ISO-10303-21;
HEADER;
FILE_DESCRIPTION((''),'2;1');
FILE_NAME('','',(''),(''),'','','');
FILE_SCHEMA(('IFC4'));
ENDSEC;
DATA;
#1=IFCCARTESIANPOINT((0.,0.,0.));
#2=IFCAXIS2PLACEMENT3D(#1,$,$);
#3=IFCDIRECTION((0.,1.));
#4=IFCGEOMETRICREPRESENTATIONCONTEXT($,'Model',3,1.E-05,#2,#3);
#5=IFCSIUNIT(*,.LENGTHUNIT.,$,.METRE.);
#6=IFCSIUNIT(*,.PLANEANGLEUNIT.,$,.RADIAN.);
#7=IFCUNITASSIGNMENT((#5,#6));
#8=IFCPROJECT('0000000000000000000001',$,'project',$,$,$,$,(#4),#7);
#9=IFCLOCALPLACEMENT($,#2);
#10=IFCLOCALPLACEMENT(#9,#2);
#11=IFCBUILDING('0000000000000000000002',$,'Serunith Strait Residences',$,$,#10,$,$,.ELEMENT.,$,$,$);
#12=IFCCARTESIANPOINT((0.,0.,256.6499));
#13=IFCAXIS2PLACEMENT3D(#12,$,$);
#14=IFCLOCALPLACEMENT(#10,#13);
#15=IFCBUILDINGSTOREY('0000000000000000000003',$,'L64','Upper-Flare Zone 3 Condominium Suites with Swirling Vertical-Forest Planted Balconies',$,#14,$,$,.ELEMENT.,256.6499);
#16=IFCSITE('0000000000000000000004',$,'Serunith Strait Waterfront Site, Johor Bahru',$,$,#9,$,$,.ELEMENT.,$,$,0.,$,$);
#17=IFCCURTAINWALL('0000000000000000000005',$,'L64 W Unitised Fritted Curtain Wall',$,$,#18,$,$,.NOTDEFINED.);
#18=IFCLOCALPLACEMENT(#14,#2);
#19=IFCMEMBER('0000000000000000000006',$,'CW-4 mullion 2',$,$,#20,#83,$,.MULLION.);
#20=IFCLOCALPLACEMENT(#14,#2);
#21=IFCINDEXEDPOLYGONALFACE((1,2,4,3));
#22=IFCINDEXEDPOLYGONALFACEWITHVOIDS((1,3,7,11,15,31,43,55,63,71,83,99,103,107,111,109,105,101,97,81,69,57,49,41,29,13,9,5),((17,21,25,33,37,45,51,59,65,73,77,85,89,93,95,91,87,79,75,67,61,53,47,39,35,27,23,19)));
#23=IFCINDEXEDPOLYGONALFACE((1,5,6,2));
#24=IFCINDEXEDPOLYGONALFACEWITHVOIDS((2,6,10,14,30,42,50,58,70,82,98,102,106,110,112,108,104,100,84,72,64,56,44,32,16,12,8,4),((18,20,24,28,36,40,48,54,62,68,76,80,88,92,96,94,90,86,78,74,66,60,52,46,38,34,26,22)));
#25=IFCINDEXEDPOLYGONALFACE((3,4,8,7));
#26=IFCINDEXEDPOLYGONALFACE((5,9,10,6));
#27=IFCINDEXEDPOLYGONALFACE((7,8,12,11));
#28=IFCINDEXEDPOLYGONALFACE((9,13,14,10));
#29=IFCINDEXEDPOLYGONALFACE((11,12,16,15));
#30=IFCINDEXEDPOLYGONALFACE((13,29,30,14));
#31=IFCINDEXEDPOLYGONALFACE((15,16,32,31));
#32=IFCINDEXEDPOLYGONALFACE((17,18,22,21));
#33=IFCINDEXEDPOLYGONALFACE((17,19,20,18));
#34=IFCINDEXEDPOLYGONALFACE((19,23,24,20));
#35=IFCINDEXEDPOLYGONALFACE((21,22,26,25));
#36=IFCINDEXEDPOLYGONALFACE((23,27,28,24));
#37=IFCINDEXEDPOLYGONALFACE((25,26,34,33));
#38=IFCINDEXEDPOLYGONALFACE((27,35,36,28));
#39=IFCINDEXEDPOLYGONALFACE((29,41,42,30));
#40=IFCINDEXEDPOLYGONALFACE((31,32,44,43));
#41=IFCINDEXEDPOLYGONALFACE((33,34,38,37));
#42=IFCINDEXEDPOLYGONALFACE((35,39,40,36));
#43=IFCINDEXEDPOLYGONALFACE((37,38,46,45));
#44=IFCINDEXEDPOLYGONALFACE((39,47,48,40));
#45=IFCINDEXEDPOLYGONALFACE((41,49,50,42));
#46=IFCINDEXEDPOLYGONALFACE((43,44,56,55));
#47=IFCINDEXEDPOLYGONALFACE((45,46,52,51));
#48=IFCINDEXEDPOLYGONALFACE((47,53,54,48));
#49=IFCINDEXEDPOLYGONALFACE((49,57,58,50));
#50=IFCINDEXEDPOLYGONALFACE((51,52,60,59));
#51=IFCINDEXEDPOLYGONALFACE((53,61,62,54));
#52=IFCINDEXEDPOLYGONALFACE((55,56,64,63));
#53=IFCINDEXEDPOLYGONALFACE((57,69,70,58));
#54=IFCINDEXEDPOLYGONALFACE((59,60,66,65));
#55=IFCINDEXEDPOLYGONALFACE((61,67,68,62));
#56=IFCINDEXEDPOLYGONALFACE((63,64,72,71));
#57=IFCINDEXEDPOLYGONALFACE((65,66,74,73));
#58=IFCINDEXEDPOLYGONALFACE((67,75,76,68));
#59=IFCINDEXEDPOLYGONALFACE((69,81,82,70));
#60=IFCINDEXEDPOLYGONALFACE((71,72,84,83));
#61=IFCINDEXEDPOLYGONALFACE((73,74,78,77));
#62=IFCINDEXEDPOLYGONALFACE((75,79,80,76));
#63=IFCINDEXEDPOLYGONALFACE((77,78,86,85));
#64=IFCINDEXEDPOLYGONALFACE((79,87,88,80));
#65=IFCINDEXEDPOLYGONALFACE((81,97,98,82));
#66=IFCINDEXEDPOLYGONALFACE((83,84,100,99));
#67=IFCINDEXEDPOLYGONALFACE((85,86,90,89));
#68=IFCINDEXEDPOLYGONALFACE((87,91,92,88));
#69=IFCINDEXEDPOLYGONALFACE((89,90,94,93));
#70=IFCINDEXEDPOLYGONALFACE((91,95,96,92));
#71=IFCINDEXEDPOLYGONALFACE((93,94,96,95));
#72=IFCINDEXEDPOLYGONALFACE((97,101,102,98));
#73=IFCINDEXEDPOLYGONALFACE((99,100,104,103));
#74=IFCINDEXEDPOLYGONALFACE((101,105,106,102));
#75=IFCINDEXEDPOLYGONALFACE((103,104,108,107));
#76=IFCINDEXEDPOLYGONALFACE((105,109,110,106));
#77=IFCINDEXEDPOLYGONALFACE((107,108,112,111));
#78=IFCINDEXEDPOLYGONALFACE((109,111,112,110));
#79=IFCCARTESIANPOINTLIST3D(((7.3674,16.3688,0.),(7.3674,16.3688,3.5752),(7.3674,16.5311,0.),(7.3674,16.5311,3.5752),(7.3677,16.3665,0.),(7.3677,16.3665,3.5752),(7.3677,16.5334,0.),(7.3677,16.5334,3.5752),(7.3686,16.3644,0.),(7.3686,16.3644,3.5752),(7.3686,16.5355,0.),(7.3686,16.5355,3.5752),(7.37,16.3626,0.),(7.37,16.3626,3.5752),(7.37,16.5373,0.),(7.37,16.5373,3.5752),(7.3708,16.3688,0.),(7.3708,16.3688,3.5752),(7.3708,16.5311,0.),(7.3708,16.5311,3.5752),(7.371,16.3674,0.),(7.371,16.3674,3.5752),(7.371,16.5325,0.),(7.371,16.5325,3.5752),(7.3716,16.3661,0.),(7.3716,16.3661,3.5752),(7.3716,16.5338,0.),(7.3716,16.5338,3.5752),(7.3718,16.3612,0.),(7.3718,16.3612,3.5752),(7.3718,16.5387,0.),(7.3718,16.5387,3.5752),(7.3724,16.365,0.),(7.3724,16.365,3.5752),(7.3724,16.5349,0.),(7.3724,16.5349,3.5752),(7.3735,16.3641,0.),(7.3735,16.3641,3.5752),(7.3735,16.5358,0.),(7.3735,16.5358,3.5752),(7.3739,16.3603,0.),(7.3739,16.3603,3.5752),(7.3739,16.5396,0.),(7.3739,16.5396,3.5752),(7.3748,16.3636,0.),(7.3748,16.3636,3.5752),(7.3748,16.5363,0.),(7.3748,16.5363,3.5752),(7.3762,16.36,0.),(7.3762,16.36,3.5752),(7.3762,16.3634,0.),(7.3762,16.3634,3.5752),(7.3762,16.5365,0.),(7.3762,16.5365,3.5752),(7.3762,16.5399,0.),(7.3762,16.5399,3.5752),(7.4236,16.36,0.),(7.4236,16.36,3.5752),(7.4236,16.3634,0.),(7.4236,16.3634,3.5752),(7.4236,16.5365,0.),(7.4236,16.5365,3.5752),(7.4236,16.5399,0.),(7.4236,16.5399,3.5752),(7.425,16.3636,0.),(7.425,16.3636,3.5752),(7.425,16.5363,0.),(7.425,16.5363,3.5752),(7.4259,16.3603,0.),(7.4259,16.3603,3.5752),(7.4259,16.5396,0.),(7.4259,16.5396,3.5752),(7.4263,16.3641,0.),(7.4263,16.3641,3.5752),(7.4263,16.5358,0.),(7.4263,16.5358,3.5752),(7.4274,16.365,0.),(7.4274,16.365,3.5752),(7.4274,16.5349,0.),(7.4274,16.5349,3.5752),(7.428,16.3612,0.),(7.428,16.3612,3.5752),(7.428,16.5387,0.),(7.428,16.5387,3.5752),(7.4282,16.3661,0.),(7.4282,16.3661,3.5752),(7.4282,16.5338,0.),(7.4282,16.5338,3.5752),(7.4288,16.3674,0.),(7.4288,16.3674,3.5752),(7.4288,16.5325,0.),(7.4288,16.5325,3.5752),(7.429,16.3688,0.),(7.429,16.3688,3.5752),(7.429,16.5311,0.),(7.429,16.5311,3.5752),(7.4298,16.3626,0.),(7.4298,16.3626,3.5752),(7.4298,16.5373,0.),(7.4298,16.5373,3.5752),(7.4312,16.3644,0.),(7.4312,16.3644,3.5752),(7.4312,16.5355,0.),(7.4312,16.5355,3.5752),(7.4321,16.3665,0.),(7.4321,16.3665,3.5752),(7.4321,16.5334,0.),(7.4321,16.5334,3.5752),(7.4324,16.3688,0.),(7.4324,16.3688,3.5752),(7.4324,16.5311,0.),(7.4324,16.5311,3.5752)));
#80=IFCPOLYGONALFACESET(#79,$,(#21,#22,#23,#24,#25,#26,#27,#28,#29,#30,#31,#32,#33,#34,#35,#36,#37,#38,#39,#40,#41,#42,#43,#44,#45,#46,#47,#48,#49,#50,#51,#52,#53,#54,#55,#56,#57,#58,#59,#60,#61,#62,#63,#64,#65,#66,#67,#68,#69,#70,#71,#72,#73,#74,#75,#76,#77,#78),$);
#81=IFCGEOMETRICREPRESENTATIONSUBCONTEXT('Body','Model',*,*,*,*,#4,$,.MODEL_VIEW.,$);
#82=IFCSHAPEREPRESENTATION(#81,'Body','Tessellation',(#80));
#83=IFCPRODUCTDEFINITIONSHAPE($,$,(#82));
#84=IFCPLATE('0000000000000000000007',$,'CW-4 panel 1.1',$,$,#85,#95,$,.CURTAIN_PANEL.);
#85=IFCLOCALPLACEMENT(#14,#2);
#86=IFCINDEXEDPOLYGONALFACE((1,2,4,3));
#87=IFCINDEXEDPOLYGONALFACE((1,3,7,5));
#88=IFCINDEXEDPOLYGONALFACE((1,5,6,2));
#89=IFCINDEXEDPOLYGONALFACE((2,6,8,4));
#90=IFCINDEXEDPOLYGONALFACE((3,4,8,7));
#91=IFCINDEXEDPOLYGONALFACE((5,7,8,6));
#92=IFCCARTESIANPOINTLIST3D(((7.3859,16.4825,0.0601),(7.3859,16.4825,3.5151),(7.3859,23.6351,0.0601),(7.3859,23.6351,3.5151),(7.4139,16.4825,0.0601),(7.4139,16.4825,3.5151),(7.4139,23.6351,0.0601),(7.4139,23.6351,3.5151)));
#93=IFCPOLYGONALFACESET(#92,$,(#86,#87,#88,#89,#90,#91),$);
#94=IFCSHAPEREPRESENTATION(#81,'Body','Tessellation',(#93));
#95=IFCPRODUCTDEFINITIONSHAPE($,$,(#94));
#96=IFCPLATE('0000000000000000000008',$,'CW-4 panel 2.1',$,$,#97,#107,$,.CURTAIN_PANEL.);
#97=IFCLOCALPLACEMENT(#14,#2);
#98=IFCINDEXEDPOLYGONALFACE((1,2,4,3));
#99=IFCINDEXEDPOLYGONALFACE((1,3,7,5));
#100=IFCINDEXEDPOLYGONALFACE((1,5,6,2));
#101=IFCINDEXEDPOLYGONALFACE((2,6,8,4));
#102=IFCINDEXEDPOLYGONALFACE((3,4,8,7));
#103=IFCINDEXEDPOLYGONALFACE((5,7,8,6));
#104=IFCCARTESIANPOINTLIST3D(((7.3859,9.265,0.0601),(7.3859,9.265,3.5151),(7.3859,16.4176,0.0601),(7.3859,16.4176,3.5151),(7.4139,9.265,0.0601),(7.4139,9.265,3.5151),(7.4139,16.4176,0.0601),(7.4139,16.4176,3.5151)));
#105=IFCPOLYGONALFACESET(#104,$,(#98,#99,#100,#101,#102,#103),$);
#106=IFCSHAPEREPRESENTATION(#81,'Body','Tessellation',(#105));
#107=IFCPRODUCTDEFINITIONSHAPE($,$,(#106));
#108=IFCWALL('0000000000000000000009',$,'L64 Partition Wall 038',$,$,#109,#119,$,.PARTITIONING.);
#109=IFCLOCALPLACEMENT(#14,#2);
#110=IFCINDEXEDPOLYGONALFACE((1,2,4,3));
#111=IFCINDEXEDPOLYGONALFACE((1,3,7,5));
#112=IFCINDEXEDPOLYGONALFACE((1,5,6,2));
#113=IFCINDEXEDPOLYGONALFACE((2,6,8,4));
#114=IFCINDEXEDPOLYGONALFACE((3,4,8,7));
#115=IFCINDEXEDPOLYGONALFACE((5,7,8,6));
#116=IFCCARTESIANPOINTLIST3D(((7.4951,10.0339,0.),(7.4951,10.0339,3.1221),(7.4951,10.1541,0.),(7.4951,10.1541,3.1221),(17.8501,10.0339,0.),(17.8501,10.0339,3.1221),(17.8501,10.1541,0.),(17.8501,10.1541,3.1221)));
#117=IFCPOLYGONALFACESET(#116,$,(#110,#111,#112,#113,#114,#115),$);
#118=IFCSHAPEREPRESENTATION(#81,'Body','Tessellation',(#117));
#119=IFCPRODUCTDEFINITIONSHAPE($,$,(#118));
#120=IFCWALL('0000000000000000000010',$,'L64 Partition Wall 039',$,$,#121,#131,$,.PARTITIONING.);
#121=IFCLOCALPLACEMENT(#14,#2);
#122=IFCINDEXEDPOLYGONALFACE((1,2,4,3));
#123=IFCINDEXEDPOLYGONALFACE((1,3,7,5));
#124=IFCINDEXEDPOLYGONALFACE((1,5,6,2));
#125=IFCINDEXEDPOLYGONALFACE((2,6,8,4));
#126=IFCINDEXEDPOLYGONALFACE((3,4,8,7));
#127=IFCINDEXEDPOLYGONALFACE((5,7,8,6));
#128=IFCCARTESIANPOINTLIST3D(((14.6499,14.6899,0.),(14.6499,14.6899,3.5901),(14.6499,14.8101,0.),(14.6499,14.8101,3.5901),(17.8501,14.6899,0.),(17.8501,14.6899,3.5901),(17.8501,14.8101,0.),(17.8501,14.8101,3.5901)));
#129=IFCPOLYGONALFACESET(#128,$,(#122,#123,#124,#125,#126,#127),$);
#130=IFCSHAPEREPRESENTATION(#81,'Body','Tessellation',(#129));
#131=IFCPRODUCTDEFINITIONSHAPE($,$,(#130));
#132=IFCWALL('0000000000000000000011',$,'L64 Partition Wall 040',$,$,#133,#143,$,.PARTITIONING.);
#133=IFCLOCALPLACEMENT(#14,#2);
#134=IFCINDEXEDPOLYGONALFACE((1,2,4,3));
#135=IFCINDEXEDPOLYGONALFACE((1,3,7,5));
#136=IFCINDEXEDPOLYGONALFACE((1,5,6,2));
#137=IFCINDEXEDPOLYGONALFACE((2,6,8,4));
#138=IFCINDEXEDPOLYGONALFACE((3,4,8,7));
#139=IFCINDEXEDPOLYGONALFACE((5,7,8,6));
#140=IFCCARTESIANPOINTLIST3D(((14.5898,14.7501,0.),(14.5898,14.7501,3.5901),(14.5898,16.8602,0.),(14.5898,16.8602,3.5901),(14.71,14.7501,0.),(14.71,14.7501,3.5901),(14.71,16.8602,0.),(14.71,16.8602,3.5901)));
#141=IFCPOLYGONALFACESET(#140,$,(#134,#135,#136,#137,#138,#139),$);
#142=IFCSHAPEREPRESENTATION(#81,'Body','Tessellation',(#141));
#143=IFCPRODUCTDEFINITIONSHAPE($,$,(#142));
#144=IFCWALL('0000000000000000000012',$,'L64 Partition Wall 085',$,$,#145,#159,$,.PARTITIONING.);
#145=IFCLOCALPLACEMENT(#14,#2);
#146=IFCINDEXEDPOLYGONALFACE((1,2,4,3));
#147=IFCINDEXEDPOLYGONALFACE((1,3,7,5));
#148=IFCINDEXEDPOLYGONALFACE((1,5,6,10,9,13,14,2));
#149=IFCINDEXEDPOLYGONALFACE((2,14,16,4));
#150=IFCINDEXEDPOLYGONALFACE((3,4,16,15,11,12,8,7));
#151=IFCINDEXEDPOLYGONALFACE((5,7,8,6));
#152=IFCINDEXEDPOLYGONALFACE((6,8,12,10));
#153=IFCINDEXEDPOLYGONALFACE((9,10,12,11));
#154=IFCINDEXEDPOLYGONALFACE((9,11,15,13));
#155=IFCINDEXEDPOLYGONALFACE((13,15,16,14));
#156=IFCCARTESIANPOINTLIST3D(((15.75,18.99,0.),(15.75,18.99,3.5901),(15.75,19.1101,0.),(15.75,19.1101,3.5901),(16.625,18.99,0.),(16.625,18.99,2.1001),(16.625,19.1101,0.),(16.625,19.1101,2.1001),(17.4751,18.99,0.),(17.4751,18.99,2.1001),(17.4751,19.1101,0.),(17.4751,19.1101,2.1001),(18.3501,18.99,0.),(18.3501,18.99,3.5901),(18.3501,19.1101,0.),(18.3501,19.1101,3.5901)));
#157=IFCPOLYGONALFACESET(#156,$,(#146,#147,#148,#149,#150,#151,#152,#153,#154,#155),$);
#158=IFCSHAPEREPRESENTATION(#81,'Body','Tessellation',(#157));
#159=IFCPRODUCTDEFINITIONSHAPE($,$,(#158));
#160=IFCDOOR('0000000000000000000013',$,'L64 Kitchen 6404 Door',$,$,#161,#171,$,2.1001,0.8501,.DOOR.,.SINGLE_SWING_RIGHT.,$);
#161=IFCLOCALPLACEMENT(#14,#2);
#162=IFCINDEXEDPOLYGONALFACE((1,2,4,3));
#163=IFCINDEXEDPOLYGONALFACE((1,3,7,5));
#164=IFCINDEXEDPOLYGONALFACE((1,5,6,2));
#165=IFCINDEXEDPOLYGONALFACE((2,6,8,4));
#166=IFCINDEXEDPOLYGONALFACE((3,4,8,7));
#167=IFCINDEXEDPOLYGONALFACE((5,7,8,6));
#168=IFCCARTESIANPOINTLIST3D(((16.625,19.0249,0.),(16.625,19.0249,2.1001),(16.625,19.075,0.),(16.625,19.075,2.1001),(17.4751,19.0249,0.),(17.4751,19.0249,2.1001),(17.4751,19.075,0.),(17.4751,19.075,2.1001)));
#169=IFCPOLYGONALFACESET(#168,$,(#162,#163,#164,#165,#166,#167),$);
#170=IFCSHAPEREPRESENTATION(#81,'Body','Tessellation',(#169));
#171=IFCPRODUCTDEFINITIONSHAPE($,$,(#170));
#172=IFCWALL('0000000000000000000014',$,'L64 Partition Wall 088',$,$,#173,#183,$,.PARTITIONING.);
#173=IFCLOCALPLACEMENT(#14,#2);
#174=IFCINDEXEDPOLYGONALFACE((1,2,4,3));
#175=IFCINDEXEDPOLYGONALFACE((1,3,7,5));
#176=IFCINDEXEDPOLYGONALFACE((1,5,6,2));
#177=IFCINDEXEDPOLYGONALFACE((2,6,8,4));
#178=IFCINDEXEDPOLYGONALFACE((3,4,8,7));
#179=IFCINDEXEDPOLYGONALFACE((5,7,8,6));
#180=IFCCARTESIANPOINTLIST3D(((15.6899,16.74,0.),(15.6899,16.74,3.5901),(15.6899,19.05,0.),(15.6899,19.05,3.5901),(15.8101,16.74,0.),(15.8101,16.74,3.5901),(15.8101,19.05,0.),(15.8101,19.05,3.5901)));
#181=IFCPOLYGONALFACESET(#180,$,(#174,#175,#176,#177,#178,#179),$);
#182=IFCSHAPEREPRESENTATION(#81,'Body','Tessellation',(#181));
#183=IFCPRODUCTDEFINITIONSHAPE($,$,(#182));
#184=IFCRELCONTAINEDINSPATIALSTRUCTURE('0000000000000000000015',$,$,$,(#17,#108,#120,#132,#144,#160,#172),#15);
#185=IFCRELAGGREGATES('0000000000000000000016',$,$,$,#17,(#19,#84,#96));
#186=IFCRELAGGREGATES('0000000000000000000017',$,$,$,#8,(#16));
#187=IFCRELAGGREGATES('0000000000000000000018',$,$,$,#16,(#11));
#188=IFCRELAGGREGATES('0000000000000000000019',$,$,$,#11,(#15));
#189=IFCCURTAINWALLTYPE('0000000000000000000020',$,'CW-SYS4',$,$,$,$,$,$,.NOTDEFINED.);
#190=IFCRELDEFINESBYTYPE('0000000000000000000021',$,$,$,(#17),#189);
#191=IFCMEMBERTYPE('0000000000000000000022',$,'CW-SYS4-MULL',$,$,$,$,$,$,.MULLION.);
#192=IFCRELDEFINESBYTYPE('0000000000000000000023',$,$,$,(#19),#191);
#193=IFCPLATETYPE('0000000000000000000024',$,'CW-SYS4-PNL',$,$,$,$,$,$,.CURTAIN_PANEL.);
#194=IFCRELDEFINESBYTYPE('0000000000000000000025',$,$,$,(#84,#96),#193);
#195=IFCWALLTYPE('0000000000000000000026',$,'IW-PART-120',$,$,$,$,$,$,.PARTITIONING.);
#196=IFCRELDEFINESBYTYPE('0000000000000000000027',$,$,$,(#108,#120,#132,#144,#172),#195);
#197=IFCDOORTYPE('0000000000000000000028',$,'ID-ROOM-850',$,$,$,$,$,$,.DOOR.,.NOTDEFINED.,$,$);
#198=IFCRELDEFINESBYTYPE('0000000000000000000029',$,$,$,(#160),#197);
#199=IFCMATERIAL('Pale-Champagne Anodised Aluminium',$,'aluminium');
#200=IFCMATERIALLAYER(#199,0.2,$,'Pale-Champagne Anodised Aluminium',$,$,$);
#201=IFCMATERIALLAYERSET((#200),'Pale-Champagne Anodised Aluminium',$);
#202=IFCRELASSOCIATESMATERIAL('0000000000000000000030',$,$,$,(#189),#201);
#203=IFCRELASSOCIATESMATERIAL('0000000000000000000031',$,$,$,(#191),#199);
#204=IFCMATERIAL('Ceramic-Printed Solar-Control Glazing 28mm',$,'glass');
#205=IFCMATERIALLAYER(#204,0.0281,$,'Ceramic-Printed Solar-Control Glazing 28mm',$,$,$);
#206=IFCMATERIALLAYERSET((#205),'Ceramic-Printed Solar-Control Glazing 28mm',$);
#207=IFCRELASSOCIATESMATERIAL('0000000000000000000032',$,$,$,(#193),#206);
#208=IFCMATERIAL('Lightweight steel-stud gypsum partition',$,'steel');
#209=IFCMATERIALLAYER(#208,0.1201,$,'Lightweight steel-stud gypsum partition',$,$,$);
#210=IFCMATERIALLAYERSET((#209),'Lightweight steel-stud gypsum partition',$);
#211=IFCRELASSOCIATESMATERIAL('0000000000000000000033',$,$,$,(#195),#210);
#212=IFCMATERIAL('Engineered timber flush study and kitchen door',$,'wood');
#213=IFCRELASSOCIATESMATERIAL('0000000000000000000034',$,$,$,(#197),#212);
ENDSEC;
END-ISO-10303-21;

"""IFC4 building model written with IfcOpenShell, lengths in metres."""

from ifc_helpers import new_model, si_unit, direction, frame, frame_2d, origin, origin_2d, place, context, subcontext, project, spatial, rectangle, hollow_rectangle, extrude, source, transform, mapped, material, layer, layer_set, material_profile, profile_set, type_object, element, fill, aggregate, save


model = new_model("IFC4")

# Units and contexts
model_context = context("Model", 3, precision=1e-05, world=origin(), true_north=direction((0.0, 1.0)))
body_context = subcontext(model_context, "Body", "Model", "MODEL_VIEW")
ifc_project = project(units=[si_unit("LENGTHUNIT", "METRE"), si_unit("PLANEANGLEUNIT", "RADIAN")], contexts=[model_context])

# Site, building, storey
site_placement = place(None, origin())
site = spatial("IfcSite", under=ifc_project, at=site_placement, Name="Serunith Strait Waterfront Site, Johor Bahru", CompositionType="ELEMENT", RefElevation=0.0)
building_placement = place(site_placement, origin())
building = spatial("IfcBuilding", under=site, at=building_placement, Name="Serunith Strait Residences", CompositionType="ELEMENT")
storey_placement = place(building_placement, frame((0.0, 0.0, 256.6499)))
storey = spatial("IfcBuildingStorey", under=building, at=storey_placement, Name="L64", Description="Upper-Flare Zone 3 Condominium Suites with Swirling Vertical-Forest Planted Balconies", CompositionType="ELEMENT", Elevation=256.6499)

# Curtain wall, member, plates
ifc_material_1 = material(Name="Pale-Champagne Anodised Aluminium", Category="aluminium")
ifc_layer_1 = layer(ifc_material_1, 0.2, Name="Pale-Champagne Anodised Aluminium")
ifc_layer_set_1 = layer_set([ifc_layer_1], Name="Pale-Champagne Anodised Aluminium")
curtain_wall_type = type_object("IfcCurtainWallType", Name="CW-SYS4", PredefinedType="NOTDEFINED", material=ifc_layer_set_1)
curtain_wall_placement = place(storey_placement, origin())
curtain_wall = element("IfcCurtainWall", 1, at=curtain_wall_placement, inside=storey, type_object=curtain_wall_type, Name="L64 W Unitised Fritted Curtain Wall", PredefinedType="NOTDEFINED")
ifc_material_profile_1 = material_profile(ifc_material_1, hollow_rectangle(XDim=0.0649, YDim=0.1799, WallThickness=0.0034, InnerFilletRadius=0.0054, OuterFilletRadius=0.0088, at=origin_2d()), Name="ALU 180x65x3.5")
ifc_profile_set_1 = profile_set([ifc_material_profile_1], Name="Pale-Champagne Anodised Aluminium")
member_type_1 = type_object("IfcMemberType", Name="CW-SYS4-MULL", PredefinedType="MULLION", material=ifc_profile_set_1)
shared_shape_1 = source(origin(), body_context, "Body", "SweptSolid", [
    extrude(hollow_rectangle(XDim=0.0649, YDim=0.1799, WallThickness=0.0034, InnerFilletRadius=0.0054, OuterFilletRadius=0.0088, at=origin_2d()), origin(), (0.0, 0.0, 1.0), 3.5752),
])
member_1_placement = place(storey_placement, frame((7.3999, 16.45, 0.0), z_axis=(0.0, 0.0, 1.0), x_axis=(1.0, 0.0, 0.0)))
member_1 = element("IfcMember", 2, at=member_1_placement, type_object=member_type_1, Name="CW-4 mullion 2", PredefinedType="MULLION", context=body_context, shape_type="MappedRepresentation", body=[
    mapped(shared_shape_1, transform((0.0, 0.0, 0.0), scale=1.0)),
])
ifc_material_2 = material(Name="Ceramic-Printed Solar-Control Glazing 28mm", Category="glass")
ifc_layer_2 = layer(ifc_material_2, 0.0281, Name="Ceramic-Printed Solar-Control Glazing 28mm")
ifc_layer_set_2 = layer_set([ifc_layer_2], Name="Ceramic-Printed Solar-Control Glazing 28mm")
plate_type = type_object("IfcPlateType", Name="CW-SYS4-PNL", PredefinedType="CURTAIN_PANEL", material=ifc_layer_set_2)
shared_shape_2 = source(origin(), body_context, "Body", "SweptSolid", [
    extrude(rectangle(XDim=7.1526, YDim=0.0281, at=origin_2d()), origin(), (0.0, 0.0, 1.0), 3.4551),
])
plate_1_placement = place(storey_placement, frame((7.3999, 20.0588, 0.0601), z_axis=(0.0, 0.0, 1.0), x_axis=(0.0, -1.0, 0.0)))
plate_1 = element("IfcPlate", 3, at=plate_1_placement, type_object=plate_type, Name="CW-4 panel 1.1", PredefinedType="CURTAIN_PANEL", context=body_context, shape_type="MappedRepresentation", body=[
    mapped(shared_shape_2, transform((0.0, 0.0, 0.0), scale=1.0)),
])
plate_2_placement = place(storey_placement, frame((7.3999, 12.8413, 0.0601), z_axis=(0.0, 0.0, 1.0), x_axis=(0.0, -1.0, 0.0)))
plate_2 = element("IfcPlate", 4, at=plate_2_placement, type_object=plate_type, Name="CW-4 panel 2.1", PredefinedType="CURTAIN_PANEL", context=body_context, shape_type="MappedRepresentation", body=[
    mapped(shared_shape_2, transform((0.0, 0.0, 0.0), scale=1.0)),
])
aggregate(curtain_wall, [member_1, plate_1, plate_2])

# Walls
ifc_material_3 = material(Name="Lightweight steel-stud gypsum partition", Category="steel")
ifc_layer_3 = layer(ifc_material_3, 0.1201, Name="Lightweight steel-stud gypsum partition")
ifc_layer_set_3 = layer_set([ifc_layer_3], Name="Lightweight steel-stud gypsum partition")
wall_type_1 = type_object("IfcWallType", Name="IW-PART-120", PredefinedType="PARTITIONING", material=ifc_layer_set_3)
wall_1_placement = place(storey_placement, frame((7.4951, 10.094, 0.0), z_axis=(0.0, 0.0, 1.0), x_axis=(1.0, 0.0, 0.0)))
element("IfcWall", 5, at=wall_1_placement, inside=storey, type_object=wall_type_1, Name="L64 Partition Wall 038", PredefinedType="PARTITIONING", context=body_context, shape_type="SweptSolid", body=[
    extrude(rectangle(XDim=10.355, YDim=0.1201, at=frame_2d((5.1775, 0.0))), origin(), (0.0, 0.0, 1.0), 3.1221),
])
wall_2_placement = place(storey_placement, frame((14.6499, 14.75, 0.0), z_axis=(0.0, 0.0, 1.0), x_axis=(1.0, 0.0, 0.0)))
element("IfcWall", 6, at=wall_2_placement, inside=storey, type_object=wall_type_1, Name="L64 Partition Wall 039", PredefinedType="PARTITIONING", context=body_context, shape_type="SweptSolid", body=[
    extrude(rectangle(XDim=3.2002, YDim=0.1201, at=frame_2d((1.6001, 0.0))), origin(), (0.0, 0.0, 1.0), 3.5901),
])
wall_3_placement = place(storey_placement, frame((14.6499, 14.75, 0.0), z_axis=(0.0, 0.0, 1.0), x_axis=(0.0, 1.0, 0.0)))
element("IfcWall", 7, at=wall_3_placement, inside=storey, type_object=wall_type_1, Name="L64 Partition Wall 040", PredefinedType="PARTITIONING", context=body_context, shape_type="SweptSolid", body=[
    extrude(rectangle(XDim=2.1101, YDim=0.1201, at=frame_2d((1.0552, 0.0))), origin(), (0.0, 0.0, 1.0), 3.5901),
])

# Wall, opening, door
wall_4_placement = place(storey_placement, frame((15.75, 19.05, 0.0), z_axis=(0.0, 0.0, 1.0), x_axis=(1.0, 0.0, 0.0)))
wall_4 = element("IfcWall", 8, at=wall_4_placement, inside=storey, type_object=wall_type_1, Name="L64 Partition Wall 085", PredefinedType="PARTITIONING", context=body_context, shape_type="SweptSolid", body=[
    extrude(rectangle(XDim=2.6001, YDim=0.1201, at=frame_2d((1.3, 0.0))), origin(), (0.0, 0.0, 1.0), 3.5901),
])
opening_placement = place(wall_4_placement, frame((0.875, 0.0, 0.0)))
opening = element("IfcOpeningElement", 9, at=opening_placement, cuts=wall_4, PredefinedType="OPENING", context=body_context, shape_type="SweptSolid", body=[
    extrude(rectangle(XDim=0.8501, YDim=2.1001, at=frame_2d((0.425, 1.05))), frame((0.0, 0.0701, 0.0), z_axis=(0.0, -1.0, 0.0), x_axis=(1.0, 0.0, 0.0)), (0.0, 0.0, 1.0), 0.1401),
])
ifc_material_4 = material(Name="Engineered timber flush study and kitchen door", Category="wood")
door_type = type_object("IfcDoorType", Name="ID-ROOM-850", OperationType="NOTDEFINED", PredefinedType="DOOR", material=ifc_material_4)
shared_shape_3 = source(origin(), body_context, "Body", "SweptSolid", [
    extrude(rectangle(XDim=0.8501, YDim=2.1001, at=frame_2d((0.425, 1.05))), frame((0.0, 0.0249, 0.0), z_axis=(0.0, -1.0, 0.0), x_axis=(1.0, 0.0, 0.0)), (0.0, 0.0, 1.0), 0.05),
])
door_placement = place(opening_placement, origin())
door = element("IfcDoor", 10, at=door_placement, inside=storey, type_object=door_type, Name="L64 Kitchen 6404 Door", OperationType="SINGLE_SWING_RIGHT", OverallHeight=2.1001, OverallWidth=0.8501, PredefinedType="DOOR", context=body_context, shape_type="MappedRepresentation", body=[
    mapped(shared_shape_3, transform((0.0, 0.0, 0.0), scale=1.0)),
])
fill(opening, door)

# Wall
wall_5_placement = place(storey_placement, frame((15.75, 16.74, 0.0), z_axis=(0.0, 0.0, 1.0), x_axis=(0.0, 1.0, 0.0)))
element("IfcWall", 11, at=wall_5_placement, inside=storey, type_object=wall_type_1, Name="L64 Partition Wall 088", PredefinedType="PARTITIONING", context=body_context, shape_type="SweptSolid", body=[
    extrude(rectangle(XDim=2.3101, YDim=0.1201, at=frame_2d((1.155, 0.0))), origin(), (0.0, 0.0, 1.0), 3.5901),
])

save(model, "model.ifc")
